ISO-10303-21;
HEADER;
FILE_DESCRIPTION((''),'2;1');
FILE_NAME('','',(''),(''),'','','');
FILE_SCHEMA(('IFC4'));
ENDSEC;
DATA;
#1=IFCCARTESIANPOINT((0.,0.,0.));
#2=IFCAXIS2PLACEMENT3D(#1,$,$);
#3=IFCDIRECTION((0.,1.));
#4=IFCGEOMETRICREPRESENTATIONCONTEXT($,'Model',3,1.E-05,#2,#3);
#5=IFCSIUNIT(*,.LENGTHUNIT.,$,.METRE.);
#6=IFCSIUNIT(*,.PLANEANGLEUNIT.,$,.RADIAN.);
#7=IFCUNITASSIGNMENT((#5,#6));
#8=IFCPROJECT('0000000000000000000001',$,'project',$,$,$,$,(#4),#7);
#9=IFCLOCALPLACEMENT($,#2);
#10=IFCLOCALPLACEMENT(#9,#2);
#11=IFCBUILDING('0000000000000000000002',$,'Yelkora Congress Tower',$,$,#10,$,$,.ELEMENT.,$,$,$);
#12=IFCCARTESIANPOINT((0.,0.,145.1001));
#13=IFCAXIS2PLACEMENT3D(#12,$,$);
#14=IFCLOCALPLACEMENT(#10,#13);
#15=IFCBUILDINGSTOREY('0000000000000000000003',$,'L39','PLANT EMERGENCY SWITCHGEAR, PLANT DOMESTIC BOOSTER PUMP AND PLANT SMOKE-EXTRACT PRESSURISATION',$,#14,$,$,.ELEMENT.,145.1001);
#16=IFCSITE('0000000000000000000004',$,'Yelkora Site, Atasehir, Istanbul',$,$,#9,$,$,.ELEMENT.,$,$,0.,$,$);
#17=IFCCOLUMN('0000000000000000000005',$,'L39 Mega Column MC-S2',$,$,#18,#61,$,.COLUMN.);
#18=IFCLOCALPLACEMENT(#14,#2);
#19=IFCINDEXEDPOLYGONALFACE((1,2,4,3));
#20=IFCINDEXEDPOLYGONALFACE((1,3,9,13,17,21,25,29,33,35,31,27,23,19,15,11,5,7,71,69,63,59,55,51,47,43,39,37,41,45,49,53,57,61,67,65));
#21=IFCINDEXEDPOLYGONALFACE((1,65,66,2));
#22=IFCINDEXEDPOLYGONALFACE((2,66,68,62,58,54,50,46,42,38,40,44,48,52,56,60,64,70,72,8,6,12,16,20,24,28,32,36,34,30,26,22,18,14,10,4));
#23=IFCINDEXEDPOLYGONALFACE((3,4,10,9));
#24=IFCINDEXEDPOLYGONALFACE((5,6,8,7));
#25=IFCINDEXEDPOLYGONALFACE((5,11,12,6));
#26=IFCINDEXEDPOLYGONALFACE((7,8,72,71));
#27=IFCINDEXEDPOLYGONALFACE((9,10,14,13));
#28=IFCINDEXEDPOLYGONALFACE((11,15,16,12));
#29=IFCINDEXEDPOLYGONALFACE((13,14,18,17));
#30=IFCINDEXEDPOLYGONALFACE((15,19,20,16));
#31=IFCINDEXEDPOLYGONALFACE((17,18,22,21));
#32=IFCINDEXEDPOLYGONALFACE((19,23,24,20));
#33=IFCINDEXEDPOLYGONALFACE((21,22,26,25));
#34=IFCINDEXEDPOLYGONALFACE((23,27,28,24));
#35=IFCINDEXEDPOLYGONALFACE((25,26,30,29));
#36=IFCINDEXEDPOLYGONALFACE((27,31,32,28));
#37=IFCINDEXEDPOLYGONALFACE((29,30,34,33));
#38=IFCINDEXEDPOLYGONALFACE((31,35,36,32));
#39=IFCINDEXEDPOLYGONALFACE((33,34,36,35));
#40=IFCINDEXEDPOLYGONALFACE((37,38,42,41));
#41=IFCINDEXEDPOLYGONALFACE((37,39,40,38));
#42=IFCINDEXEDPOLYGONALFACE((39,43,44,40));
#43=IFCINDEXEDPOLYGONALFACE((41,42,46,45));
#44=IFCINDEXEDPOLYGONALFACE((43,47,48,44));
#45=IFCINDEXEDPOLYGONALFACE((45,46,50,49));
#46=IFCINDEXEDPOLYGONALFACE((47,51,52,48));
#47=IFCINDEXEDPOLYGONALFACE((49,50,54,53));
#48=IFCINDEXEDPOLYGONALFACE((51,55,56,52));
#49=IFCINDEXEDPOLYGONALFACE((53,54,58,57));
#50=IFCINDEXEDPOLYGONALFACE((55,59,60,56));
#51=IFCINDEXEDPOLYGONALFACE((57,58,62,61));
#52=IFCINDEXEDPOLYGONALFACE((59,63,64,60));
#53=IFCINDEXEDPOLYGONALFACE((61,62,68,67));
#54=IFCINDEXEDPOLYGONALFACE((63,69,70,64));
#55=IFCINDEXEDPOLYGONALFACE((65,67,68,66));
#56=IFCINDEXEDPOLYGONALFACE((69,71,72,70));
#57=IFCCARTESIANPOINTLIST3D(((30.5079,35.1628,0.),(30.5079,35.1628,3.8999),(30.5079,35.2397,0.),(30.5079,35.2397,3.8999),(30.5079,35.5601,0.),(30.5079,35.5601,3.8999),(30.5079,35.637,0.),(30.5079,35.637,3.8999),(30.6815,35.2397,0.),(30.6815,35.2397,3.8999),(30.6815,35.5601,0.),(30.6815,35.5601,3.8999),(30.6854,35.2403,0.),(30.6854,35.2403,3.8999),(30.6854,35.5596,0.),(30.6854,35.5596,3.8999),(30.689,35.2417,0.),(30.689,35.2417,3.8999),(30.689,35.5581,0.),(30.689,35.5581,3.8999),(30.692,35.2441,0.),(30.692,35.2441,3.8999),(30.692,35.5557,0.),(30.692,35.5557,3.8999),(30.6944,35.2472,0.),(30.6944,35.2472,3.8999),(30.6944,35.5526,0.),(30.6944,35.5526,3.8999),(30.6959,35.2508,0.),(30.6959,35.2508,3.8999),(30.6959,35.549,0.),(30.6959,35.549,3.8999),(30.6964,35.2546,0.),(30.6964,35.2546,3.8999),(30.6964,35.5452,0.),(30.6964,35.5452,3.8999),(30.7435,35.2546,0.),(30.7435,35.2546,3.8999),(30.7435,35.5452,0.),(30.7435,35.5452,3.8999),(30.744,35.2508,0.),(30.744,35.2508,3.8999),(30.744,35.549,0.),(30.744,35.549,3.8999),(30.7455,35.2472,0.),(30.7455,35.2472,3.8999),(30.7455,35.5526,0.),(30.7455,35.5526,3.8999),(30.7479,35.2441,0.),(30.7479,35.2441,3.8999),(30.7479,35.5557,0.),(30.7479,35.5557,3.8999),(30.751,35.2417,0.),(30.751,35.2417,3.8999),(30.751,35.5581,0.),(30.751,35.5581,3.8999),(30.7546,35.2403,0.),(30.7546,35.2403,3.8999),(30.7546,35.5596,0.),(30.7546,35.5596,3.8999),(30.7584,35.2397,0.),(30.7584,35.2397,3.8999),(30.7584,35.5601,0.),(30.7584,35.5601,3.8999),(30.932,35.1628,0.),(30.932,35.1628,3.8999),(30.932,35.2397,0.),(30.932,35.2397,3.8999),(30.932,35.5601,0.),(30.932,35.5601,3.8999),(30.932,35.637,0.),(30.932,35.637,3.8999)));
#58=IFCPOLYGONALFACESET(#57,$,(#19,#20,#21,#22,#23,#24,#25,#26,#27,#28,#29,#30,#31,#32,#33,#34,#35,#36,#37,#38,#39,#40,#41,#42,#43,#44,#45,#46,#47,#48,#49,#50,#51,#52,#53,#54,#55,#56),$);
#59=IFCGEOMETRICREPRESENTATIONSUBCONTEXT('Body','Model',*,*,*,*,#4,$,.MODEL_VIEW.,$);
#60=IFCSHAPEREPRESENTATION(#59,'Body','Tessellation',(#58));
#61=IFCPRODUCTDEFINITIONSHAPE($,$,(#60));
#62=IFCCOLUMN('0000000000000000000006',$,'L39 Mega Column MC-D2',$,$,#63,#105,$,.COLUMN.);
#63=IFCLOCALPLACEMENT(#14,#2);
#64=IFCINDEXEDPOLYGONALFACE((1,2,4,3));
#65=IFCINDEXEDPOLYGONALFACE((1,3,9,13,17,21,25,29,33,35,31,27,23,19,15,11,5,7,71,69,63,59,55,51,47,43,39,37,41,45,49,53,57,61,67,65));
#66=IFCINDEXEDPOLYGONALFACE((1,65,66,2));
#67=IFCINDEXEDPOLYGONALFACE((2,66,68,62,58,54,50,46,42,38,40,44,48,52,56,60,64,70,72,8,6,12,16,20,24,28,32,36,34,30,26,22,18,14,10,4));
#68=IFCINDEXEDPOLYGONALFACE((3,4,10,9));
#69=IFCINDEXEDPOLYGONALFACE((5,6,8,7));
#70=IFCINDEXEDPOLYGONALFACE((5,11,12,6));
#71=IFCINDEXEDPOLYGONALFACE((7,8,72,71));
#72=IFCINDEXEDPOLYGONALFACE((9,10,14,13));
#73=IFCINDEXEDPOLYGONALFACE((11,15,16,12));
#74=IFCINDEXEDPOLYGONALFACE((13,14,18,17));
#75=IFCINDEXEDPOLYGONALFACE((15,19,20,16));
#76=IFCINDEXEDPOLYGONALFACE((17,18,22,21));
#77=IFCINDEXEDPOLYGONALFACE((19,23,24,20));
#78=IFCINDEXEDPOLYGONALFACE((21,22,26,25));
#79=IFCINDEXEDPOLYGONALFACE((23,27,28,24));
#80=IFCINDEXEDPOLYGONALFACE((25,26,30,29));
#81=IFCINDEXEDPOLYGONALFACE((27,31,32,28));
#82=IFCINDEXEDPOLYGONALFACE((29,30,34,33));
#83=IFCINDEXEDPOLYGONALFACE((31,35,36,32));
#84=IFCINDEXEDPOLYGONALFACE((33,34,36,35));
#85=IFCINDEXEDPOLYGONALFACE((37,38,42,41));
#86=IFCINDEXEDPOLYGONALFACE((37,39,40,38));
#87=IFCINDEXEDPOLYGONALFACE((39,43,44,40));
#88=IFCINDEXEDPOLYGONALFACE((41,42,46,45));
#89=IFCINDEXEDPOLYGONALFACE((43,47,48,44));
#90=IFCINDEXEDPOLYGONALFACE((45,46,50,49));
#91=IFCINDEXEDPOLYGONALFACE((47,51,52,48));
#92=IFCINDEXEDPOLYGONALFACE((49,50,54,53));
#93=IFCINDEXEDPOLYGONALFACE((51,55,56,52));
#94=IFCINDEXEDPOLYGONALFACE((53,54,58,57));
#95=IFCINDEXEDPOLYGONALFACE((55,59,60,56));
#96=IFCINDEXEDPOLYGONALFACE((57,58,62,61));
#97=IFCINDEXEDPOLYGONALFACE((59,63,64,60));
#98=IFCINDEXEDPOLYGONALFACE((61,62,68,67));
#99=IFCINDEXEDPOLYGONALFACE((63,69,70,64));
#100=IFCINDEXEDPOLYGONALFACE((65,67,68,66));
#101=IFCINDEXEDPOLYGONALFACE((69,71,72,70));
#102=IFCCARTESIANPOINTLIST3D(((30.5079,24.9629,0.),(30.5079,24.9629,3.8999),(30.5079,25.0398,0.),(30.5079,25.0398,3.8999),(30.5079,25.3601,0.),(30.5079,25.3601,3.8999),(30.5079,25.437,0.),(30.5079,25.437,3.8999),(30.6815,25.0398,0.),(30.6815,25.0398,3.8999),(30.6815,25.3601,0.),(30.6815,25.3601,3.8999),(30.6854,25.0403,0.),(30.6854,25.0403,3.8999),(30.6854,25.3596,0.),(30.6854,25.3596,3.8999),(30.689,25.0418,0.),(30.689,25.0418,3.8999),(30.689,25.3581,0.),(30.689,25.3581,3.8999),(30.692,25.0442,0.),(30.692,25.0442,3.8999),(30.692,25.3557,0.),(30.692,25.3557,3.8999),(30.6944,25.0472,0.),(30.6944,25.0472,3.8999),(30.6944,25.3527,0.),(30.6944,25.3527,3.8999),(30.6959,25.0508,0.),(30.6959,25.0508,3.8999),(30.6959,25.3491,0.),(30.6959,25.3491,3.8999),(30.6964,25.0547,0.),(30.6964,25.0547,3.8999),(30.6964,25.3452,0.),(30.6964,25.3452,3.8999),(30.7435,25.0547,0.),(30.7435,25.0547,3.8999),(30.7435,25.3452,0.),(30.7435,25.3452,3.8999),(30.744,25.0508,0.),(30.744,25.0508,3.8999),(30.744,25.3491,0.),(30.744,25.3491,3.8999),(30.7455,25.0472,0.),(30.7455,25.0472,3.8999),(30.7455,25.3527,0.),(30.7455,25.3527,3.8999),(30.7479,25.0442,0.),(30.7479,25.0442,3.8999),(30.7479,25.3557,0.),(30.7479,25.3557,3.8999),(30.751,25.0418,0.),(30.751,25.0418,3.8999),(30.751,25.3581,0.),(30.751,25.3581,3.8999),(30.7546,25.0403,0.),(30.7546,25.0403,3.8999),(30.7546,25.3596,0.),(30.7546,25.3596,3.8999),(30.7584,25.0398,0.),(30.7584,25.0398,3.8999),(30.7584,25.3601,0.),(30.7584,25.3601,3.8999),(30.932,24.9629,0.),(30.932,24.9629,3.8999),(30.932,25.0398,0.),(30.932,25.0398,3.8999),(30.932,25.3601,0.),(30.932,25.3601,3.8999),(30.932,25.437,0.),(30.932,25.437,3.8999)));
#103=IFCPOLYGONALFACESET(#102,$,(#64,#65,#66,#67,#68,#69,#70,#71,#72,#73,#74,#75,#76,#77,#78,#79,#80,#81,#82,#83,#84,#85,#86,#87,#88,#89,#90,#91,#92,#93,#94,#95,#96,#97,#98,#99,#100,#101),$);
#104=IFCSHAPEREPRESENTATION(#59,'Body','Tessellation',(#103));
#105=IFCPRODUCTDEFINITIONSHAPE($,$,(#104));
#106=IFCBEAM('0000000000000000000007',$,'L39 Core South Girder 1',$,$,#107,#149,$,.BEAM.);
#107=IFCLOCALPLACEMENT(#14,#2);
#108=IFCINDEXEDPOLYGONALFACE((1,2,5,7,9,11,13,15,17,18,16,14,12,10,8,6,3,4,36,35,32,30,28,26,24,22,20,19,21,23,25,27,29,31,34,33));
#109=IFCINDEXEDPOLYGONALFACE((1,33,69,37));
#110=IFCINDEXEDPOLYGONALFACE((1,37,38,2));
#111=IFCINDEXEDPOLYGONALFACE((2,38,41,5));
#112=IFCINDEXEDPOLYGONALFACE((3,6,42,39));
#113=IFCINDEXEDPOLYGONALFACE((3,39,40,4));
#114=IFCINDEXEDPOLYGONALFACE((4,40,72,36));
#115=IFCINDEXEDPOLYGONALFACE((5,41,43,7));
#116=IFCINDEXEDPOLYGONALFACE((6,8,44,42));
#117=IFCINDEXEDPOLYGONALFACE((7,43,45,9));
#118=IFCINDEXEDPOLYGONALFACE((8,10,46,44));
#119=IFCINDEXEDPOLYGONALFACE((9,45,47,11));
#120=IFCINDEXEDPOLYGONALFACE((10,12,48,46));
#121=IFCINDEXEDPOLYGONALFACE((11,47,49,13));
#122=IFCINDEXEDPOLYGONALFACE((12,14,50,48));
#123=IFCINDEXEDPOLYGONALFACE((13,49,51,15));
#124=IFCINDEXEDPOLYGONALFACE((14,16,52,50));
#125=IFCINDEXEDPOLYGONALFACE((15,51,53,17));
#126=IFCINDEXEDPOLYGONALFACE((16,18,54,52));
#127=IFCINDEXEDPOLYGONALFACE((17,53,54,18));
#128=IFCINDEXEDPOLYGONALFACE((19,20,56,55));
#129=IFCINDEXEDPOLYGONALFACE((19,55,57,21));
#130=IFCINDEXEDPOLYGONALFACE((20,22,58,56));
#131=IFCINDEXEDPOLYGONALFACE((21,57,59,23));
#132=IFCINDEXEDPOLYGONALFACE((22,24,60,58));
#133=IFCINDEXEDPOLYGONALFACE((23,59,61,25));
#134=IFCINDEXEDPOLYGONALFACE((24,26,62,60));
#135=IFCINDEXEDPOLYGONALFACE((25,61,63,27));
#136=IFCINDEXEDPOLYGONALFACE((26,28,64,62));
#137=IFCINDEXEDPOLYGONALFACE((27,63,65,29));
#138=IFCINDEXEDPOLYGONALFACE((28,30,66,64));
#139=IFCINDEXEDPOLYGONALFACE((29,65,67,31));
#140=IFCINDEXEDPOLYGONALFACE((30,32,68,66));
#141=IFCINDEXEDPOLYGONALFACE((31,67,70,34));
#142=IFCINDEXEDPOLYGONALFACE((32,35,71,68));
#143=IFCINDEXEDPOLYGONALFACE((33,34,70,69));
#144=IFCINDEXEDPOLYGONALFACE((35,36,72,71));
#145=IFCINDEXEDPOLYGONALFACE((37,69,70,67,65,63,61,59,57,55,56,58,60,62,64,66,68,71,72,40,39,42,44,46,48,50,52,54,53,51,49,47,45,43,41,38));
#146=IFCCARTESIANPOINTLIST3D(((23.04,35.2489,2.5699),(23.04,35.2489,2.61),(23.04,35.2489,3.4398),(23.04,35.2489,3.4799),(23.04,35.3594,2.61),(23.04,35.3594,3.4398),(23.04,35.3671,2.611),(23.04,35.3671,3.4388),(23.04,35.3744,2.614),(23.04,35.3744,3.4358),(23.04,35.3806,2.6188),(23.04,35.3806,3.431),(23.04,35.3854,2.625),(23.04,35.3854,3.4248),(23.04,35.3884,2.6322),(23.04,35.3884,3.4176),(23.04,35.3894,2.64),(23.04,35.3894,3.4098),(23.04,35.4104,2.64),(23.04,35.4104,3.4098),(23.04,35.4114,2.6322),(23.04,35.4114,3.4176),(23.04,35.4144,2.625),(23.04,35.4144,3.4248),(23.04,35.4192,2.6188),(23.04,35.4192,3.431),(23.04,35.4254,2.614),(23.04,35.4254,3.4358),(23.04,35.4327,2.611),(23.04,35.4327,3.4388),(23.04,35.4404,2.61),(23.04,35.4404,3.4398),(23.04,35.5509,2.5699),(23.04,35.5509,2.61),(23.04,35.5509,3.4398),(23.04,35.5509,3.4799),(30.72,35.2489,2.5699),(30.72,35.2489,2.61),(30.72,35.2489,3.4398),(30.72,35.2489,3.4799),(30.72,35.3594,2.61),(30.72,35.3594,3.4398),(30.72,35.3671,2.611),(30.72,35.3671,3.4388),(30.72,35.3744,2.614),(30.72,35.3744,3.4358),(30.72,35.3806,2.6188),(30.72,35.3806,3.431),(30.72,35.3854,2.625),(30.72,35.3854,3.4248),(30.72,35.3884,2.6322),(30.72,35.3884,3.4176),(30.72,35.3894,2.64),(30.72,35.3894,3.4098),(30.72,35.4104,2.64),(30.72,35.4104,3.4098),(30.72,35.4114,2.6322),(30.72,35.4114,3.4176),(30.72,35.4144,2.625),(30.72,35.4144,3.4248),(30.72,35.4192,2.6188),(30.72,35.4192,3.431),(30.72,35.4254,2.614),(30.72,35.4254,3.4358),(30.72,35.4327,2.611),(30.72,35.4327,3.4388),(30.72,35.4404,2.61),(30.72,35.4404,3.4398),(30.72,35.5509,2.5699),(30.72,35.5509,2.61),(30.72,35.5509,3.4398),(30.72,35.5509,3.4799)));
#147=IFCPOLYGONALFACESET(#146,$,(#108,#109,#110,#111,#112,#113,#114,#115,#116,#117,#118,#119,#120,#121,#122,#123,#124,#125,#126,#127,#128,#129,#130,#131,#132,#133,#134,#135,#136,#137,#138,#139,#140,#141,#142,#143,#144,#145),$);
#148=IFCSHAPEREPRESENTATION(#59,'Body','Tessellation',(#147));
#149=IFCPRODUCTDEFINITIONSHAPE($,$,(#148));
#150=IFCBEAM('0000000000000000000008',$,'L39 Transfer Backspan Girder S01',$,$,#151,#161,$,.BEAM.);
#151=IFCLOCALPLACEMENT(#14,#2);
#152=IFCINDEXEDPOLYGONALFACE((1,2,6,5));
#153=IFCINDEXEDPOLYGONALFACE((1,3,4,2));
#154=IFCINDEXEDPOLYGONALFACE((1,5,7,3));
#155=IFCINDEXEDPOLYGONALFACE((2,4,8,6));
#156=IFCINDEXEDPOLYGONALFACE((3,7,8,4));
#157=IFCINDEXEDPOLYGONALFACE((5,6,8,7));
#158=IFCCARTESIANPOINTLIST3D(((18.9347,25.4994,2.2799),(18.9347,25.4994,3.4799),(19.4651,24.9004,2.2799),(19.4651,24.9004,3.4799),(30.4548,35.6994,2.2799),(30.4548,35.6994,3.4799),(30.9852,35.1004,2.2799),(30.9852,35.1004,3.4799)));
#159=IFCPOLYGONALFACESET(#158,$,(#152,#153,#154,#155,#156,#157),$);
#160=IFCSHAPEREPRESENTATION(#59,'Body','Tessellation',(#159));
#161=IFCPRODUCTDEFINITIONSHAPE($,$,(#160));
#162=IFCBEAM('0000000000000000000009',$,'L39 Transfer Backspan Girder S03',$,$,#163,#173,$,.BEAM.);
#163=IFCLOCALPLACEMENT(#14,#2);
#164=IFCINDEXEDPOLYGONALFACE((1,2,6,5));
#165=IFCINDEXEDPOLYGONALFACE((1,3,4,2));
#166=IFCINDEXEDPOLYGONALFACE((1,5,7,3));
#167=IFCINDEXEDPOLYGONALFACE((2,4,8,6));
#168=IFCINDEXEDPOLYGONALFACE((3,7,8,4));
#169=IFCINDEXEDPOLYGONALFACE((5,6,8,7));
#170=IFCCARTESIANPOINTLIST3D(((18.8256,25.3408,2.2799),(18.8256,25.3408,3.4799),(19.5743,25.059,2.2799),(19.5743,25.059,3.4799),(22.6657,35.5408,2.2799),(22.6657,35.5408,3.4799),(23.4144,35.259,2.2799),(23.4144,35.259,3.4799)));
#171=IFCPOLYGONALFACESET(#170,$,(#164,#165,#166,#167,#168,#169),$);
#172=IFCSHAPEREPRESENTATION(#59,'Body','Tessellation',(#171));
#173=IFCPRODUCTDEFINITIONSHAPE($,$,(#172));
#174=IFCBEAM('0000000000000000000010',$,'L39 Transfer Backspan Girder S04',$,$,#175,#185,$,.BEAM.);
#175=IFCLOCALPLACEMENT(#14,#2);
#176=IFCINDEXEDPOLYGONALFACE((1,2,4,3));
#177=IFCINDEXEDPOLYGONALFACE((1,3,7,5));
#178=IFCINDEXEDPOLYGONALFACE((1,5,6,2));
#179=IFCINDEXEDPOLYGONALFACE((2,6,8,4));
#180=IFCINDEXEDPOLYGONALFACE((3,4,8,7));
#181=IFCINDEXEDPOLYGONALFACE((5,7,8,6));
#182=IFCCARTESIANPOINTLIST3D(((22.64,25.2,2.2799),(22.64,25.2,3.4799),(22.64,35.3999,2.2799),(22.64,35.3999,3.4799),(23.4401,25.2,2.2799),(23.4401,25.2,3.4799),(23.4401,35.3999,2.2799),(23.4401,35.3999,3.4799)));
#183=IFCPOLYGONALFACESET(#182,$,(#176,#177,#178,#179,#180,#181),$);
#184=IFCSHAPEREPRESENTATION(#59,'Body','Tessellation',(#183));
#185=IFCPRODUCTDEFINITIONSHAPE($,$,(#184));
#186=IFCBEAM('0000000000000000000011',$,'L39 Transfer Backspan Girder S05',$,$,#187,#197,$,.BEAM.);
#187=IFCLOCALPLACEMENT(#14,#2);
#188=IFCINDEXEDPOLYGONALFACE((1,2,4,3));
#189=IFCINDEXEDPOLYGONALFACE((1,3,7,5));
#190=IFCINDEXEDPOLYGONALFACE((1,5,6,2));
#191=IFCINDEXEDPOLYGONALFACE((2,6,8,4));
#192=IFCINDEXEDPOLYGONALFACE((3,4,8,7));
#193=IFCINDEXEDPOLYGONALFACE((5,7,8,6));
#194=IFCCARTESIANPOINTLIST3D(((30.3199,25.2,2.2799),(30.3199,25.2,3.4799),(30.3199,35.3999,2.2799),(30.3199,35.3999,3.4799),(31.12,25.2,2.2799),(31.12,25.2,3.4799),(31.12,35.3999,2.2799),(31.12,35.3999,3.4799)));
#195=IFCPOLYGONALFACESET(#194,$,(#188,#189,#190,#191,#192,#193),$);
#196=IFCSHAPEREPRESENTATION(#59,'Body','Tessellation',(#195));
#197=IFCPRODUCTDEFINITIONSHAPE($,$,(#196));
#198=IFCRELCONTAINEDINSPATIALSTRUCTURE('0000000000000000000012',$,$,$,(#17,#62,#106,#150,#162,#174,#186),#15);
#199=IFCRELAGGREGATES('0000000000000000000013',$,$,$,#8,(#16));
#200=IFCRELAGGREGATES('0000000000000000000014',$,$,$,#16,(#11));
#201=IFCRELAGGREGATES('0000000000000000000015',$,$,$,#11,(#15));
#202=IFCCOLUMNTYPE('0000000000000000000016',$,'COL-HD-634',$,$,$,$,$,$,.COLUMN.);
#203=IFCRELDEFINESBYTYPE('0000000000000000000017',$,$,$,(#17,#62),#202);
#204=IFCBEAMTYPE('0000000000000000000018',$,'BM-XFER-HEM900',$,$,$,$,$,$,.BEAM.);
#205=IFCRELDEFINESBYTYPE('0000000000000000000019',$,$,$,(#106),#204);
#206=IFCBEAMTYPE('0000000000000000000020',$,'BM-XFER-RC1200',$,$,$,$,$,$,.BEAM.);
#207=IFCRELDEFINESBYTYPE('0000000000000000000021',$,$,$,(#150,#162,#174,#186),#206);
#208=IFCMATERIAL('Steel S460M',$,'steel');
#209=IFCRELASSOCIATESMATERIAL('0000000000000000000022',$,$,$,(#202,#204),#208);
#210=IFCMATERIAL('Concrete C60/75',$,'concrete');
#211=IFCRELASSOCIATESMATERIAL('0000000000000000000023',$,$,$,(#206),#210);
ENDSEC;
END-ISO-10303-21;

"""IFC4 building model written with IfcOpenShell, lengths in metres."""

from ifc_helpers import new_model, si_unit, direction, frame, origin, origin_2d, place, context, subcontext, project, spatial, rectangle, i_section, extrude, material, material_profile, profile_set, type_object, element, save


model = new_model("IFC4")

# Units and contexts
model_context = context("Model", 3, precision=1e-05, world=origin(), true_north=direction((0.0, 1.0)))
body_context = subcontext(model_context, "Body", "Model", "MODEL_VIEW")
ifc_project = project(units=[si_unit("LENGTHUNIT", "METRE"), si_unit("PLANEANGLEUNIT", "RADIAN")], contexts=[model_context])

# Site, building, storey
site_placement = place(None, origin())
site = spatial("IfcSite", under=ifc_project, at=site_placement, Name="Yelkora Site, Atasehir, Istanbul", CompositionType="ELEMENT", RefElevation=0.0)
building_placement = place(site_placement, origin())
building = spatial("IfcBuilding", under=site, at=building_placement, Name="Yelkora Congress Tower", CompositionType="ELEMENT")
storey_placement = place(building_placement, frame((0.0, 0.0, 145.1001)))
storey = spatial("IfcBuildingStorey", under=building, at=storey_placement, Name="L39", Description="PLANT EMERGENCY SWITCHGEAR, PLANT DOMESTIC BOOSTER PUMP AND PLANT SMOKE-EXTRACT PRESSURISATION", CompositionType="ELEMENT", Elevation=145.1001)

# Columns
ifc_material_1 = material(Name="Steel S460M", Category="steel")
ifc_material_profile_1 = material_profile(ifc_material_1, i_section(OverallWidth=0.4241, OverallDepth=0.4741, WebThickness=0.0471, FlangeThickness=0.0769, FilletRadius=0.0149, at=origin_2d()), Name="HD 400x634")
ifc_profile_set_1 = profile_set([ifc_material_profile_1], Name="Steel S460M")
column_type = type_object("IfcColumnType", Name="COL-HD-634", PredefinedType="COLUMN", material=ifc_profile_set_1)
for number, where, z_axis, x_axis, name in (
    (1, (30.72, 35.3999, 0.0), (0.0, 0.0, 1.0), (1.0, 0.0, 0.0), "L39 Mega Column MC-S2"),
    (2, (30.72, 25.2, 0.0), (0.0, 0.0, 1.0), (1.0, 0.0, 0.0), "L39 Mega Column MC-D2"),
):
    element("IfcColumn", number, at=place(storey_placement, frame(where, z_axis=z_axis, x_axis=x_axis)), inside=storey, type_object=column_type, Name=name, PredefinedType="COLUMN", context=body_context, shape_type="SweptSolid", body=[
        extrude(i_section(OverallWidth=0.4241, OverallDepth=0.4741, WebThickness=0.0471, FlangeThickness=0.0769, FilletRadius=0.0149, at=origin_2d()), origin(), (0.0, 0.0, 1.0), 3.8999),
    ])

# Beams
ifc_material_profile_2 = material_profile(ifc_material_1, i_section(OverallWidth=0.302, OverallDepth=0.9099, WebThickness=0.021, FlangeThickness=0.04, FilletRadius=0.03, at=origin_2d()), Name="HEM 900")
ifc_profile_set_2 = profile_set([ifc_material_profile_2], Name="Steel S460M")
beam_type_1 = type_object("IfcBeamType", Name="BM-XFER-HEM900", PredefinedType="BEAM", material=ifc_profile_set_2)
beam_1_placement = place(storey_placement, frame((23.04, 35.3999, 3.0249), z_axis=(1.0, 0.0, 0.0), x_axis=(0.0, 1.0, 0.0)))
element("IfcBeam", 3, at=beam_1_placement, inside=storey, type_object=beam_type_1, Name="L39 Core South Girder 1", PredefinedType="BEAM", context=body_context, shape_type="SweptSolid", body=[
    extrude(i_section(OverallWidth=0.302, OverallDepth=0.9099, WebThickness=0.021, FlangeThickness=0.04, FilletRadius=0.03, at=origin_2d()), origin(), (0.0, 0.0, 1.0), 7.6799),
])
ifc_material_2 = material(Name="Concrete C60/75", Category="concrete")
ifc_material_profile_3 = material_profile(ifc_material_2, rectangle(XDim=0.8, YDim=1.2, at=origin_2d()), Name="RC 800x1200")
ifc_profile_set_3 = profile_set([ifc_material_profile_3], Name="Concrete C60/75")
beam_type_2 = type_object("IfcBeamType", Name="BM-XFER-RC1200", PredefinedType="BEAM", material=ifc_profile_set_3)
beam_2_placement = place(storey_placement, frame((30.72, 35.3999, 2.8799), z_axis=(-0.748701, -0.662908, 0.0), x_axis=(0.662908, -0.748701, 0.0)))
element("IfcBeam", 4, at=beam_2_placement, inside=storey, type_object=beam_type_2, Name="L39 Transfer Backspan Girder S01", PredefinedType="BEAM", context=body_context, shape_type="SweptSolid", body=[
    extrude(rectangle(XDim=0.8, YDim=1.2, at=origin_2d()), origin(), (0.0, 0.0, 1.0), 15.3867),
])
beam_3_placement = place(storey_placement, frame((23.04, 35.3999, 2.8799), z_axis=(-0.352338, -0.935873, 0.0), x_axis=(0.935873, -0.352338, 0.0)))
element("IfcBeam", 5, at=beam_3_placement, inside=storey, type_object=beam_type_2, Name="L39 Transfer Backspan Girder S03", PredefinedType="BEAM", context=body_context, shape_type="SweptSolid", body=[
    extrude(rectangle(XDim=0.8, YDim=1.2, at=origin_2d()), origin(), (0.0, 0.0, 1.0), 10.8989),
])
for number, where, z_axis, x_axis, name in (
    (6, (23.04, 35.3999, 2.8799), (0.0, -1.0, 0.0), (1.0, 0.0, 0.0), "L39 Transfer Backspan Girder S04"),
    (7, (30.72, 35.3999, 2.8799), (0.0, -1.0, 0.0), (1.0, 0.0, 0.0), "L39 Transfer Backspan Girder S05"),
):
    element("IfcBeam", number, at=place(storey_placement, frame(where, z_axis=z_axis, x_axis=x_axis)), inside=storey, type_object=beam_type_2, Name=name, PredefinedType="BEAM", context=body_context, shape_type="SweptSolid", body=[
        extrude(rectangle(XDim=0.8, YDim=1.2, at=origin_2d()), origin(), (0.0, 0.0, 1.0), 10.2),
    ])

save(model, "model.ifc")
